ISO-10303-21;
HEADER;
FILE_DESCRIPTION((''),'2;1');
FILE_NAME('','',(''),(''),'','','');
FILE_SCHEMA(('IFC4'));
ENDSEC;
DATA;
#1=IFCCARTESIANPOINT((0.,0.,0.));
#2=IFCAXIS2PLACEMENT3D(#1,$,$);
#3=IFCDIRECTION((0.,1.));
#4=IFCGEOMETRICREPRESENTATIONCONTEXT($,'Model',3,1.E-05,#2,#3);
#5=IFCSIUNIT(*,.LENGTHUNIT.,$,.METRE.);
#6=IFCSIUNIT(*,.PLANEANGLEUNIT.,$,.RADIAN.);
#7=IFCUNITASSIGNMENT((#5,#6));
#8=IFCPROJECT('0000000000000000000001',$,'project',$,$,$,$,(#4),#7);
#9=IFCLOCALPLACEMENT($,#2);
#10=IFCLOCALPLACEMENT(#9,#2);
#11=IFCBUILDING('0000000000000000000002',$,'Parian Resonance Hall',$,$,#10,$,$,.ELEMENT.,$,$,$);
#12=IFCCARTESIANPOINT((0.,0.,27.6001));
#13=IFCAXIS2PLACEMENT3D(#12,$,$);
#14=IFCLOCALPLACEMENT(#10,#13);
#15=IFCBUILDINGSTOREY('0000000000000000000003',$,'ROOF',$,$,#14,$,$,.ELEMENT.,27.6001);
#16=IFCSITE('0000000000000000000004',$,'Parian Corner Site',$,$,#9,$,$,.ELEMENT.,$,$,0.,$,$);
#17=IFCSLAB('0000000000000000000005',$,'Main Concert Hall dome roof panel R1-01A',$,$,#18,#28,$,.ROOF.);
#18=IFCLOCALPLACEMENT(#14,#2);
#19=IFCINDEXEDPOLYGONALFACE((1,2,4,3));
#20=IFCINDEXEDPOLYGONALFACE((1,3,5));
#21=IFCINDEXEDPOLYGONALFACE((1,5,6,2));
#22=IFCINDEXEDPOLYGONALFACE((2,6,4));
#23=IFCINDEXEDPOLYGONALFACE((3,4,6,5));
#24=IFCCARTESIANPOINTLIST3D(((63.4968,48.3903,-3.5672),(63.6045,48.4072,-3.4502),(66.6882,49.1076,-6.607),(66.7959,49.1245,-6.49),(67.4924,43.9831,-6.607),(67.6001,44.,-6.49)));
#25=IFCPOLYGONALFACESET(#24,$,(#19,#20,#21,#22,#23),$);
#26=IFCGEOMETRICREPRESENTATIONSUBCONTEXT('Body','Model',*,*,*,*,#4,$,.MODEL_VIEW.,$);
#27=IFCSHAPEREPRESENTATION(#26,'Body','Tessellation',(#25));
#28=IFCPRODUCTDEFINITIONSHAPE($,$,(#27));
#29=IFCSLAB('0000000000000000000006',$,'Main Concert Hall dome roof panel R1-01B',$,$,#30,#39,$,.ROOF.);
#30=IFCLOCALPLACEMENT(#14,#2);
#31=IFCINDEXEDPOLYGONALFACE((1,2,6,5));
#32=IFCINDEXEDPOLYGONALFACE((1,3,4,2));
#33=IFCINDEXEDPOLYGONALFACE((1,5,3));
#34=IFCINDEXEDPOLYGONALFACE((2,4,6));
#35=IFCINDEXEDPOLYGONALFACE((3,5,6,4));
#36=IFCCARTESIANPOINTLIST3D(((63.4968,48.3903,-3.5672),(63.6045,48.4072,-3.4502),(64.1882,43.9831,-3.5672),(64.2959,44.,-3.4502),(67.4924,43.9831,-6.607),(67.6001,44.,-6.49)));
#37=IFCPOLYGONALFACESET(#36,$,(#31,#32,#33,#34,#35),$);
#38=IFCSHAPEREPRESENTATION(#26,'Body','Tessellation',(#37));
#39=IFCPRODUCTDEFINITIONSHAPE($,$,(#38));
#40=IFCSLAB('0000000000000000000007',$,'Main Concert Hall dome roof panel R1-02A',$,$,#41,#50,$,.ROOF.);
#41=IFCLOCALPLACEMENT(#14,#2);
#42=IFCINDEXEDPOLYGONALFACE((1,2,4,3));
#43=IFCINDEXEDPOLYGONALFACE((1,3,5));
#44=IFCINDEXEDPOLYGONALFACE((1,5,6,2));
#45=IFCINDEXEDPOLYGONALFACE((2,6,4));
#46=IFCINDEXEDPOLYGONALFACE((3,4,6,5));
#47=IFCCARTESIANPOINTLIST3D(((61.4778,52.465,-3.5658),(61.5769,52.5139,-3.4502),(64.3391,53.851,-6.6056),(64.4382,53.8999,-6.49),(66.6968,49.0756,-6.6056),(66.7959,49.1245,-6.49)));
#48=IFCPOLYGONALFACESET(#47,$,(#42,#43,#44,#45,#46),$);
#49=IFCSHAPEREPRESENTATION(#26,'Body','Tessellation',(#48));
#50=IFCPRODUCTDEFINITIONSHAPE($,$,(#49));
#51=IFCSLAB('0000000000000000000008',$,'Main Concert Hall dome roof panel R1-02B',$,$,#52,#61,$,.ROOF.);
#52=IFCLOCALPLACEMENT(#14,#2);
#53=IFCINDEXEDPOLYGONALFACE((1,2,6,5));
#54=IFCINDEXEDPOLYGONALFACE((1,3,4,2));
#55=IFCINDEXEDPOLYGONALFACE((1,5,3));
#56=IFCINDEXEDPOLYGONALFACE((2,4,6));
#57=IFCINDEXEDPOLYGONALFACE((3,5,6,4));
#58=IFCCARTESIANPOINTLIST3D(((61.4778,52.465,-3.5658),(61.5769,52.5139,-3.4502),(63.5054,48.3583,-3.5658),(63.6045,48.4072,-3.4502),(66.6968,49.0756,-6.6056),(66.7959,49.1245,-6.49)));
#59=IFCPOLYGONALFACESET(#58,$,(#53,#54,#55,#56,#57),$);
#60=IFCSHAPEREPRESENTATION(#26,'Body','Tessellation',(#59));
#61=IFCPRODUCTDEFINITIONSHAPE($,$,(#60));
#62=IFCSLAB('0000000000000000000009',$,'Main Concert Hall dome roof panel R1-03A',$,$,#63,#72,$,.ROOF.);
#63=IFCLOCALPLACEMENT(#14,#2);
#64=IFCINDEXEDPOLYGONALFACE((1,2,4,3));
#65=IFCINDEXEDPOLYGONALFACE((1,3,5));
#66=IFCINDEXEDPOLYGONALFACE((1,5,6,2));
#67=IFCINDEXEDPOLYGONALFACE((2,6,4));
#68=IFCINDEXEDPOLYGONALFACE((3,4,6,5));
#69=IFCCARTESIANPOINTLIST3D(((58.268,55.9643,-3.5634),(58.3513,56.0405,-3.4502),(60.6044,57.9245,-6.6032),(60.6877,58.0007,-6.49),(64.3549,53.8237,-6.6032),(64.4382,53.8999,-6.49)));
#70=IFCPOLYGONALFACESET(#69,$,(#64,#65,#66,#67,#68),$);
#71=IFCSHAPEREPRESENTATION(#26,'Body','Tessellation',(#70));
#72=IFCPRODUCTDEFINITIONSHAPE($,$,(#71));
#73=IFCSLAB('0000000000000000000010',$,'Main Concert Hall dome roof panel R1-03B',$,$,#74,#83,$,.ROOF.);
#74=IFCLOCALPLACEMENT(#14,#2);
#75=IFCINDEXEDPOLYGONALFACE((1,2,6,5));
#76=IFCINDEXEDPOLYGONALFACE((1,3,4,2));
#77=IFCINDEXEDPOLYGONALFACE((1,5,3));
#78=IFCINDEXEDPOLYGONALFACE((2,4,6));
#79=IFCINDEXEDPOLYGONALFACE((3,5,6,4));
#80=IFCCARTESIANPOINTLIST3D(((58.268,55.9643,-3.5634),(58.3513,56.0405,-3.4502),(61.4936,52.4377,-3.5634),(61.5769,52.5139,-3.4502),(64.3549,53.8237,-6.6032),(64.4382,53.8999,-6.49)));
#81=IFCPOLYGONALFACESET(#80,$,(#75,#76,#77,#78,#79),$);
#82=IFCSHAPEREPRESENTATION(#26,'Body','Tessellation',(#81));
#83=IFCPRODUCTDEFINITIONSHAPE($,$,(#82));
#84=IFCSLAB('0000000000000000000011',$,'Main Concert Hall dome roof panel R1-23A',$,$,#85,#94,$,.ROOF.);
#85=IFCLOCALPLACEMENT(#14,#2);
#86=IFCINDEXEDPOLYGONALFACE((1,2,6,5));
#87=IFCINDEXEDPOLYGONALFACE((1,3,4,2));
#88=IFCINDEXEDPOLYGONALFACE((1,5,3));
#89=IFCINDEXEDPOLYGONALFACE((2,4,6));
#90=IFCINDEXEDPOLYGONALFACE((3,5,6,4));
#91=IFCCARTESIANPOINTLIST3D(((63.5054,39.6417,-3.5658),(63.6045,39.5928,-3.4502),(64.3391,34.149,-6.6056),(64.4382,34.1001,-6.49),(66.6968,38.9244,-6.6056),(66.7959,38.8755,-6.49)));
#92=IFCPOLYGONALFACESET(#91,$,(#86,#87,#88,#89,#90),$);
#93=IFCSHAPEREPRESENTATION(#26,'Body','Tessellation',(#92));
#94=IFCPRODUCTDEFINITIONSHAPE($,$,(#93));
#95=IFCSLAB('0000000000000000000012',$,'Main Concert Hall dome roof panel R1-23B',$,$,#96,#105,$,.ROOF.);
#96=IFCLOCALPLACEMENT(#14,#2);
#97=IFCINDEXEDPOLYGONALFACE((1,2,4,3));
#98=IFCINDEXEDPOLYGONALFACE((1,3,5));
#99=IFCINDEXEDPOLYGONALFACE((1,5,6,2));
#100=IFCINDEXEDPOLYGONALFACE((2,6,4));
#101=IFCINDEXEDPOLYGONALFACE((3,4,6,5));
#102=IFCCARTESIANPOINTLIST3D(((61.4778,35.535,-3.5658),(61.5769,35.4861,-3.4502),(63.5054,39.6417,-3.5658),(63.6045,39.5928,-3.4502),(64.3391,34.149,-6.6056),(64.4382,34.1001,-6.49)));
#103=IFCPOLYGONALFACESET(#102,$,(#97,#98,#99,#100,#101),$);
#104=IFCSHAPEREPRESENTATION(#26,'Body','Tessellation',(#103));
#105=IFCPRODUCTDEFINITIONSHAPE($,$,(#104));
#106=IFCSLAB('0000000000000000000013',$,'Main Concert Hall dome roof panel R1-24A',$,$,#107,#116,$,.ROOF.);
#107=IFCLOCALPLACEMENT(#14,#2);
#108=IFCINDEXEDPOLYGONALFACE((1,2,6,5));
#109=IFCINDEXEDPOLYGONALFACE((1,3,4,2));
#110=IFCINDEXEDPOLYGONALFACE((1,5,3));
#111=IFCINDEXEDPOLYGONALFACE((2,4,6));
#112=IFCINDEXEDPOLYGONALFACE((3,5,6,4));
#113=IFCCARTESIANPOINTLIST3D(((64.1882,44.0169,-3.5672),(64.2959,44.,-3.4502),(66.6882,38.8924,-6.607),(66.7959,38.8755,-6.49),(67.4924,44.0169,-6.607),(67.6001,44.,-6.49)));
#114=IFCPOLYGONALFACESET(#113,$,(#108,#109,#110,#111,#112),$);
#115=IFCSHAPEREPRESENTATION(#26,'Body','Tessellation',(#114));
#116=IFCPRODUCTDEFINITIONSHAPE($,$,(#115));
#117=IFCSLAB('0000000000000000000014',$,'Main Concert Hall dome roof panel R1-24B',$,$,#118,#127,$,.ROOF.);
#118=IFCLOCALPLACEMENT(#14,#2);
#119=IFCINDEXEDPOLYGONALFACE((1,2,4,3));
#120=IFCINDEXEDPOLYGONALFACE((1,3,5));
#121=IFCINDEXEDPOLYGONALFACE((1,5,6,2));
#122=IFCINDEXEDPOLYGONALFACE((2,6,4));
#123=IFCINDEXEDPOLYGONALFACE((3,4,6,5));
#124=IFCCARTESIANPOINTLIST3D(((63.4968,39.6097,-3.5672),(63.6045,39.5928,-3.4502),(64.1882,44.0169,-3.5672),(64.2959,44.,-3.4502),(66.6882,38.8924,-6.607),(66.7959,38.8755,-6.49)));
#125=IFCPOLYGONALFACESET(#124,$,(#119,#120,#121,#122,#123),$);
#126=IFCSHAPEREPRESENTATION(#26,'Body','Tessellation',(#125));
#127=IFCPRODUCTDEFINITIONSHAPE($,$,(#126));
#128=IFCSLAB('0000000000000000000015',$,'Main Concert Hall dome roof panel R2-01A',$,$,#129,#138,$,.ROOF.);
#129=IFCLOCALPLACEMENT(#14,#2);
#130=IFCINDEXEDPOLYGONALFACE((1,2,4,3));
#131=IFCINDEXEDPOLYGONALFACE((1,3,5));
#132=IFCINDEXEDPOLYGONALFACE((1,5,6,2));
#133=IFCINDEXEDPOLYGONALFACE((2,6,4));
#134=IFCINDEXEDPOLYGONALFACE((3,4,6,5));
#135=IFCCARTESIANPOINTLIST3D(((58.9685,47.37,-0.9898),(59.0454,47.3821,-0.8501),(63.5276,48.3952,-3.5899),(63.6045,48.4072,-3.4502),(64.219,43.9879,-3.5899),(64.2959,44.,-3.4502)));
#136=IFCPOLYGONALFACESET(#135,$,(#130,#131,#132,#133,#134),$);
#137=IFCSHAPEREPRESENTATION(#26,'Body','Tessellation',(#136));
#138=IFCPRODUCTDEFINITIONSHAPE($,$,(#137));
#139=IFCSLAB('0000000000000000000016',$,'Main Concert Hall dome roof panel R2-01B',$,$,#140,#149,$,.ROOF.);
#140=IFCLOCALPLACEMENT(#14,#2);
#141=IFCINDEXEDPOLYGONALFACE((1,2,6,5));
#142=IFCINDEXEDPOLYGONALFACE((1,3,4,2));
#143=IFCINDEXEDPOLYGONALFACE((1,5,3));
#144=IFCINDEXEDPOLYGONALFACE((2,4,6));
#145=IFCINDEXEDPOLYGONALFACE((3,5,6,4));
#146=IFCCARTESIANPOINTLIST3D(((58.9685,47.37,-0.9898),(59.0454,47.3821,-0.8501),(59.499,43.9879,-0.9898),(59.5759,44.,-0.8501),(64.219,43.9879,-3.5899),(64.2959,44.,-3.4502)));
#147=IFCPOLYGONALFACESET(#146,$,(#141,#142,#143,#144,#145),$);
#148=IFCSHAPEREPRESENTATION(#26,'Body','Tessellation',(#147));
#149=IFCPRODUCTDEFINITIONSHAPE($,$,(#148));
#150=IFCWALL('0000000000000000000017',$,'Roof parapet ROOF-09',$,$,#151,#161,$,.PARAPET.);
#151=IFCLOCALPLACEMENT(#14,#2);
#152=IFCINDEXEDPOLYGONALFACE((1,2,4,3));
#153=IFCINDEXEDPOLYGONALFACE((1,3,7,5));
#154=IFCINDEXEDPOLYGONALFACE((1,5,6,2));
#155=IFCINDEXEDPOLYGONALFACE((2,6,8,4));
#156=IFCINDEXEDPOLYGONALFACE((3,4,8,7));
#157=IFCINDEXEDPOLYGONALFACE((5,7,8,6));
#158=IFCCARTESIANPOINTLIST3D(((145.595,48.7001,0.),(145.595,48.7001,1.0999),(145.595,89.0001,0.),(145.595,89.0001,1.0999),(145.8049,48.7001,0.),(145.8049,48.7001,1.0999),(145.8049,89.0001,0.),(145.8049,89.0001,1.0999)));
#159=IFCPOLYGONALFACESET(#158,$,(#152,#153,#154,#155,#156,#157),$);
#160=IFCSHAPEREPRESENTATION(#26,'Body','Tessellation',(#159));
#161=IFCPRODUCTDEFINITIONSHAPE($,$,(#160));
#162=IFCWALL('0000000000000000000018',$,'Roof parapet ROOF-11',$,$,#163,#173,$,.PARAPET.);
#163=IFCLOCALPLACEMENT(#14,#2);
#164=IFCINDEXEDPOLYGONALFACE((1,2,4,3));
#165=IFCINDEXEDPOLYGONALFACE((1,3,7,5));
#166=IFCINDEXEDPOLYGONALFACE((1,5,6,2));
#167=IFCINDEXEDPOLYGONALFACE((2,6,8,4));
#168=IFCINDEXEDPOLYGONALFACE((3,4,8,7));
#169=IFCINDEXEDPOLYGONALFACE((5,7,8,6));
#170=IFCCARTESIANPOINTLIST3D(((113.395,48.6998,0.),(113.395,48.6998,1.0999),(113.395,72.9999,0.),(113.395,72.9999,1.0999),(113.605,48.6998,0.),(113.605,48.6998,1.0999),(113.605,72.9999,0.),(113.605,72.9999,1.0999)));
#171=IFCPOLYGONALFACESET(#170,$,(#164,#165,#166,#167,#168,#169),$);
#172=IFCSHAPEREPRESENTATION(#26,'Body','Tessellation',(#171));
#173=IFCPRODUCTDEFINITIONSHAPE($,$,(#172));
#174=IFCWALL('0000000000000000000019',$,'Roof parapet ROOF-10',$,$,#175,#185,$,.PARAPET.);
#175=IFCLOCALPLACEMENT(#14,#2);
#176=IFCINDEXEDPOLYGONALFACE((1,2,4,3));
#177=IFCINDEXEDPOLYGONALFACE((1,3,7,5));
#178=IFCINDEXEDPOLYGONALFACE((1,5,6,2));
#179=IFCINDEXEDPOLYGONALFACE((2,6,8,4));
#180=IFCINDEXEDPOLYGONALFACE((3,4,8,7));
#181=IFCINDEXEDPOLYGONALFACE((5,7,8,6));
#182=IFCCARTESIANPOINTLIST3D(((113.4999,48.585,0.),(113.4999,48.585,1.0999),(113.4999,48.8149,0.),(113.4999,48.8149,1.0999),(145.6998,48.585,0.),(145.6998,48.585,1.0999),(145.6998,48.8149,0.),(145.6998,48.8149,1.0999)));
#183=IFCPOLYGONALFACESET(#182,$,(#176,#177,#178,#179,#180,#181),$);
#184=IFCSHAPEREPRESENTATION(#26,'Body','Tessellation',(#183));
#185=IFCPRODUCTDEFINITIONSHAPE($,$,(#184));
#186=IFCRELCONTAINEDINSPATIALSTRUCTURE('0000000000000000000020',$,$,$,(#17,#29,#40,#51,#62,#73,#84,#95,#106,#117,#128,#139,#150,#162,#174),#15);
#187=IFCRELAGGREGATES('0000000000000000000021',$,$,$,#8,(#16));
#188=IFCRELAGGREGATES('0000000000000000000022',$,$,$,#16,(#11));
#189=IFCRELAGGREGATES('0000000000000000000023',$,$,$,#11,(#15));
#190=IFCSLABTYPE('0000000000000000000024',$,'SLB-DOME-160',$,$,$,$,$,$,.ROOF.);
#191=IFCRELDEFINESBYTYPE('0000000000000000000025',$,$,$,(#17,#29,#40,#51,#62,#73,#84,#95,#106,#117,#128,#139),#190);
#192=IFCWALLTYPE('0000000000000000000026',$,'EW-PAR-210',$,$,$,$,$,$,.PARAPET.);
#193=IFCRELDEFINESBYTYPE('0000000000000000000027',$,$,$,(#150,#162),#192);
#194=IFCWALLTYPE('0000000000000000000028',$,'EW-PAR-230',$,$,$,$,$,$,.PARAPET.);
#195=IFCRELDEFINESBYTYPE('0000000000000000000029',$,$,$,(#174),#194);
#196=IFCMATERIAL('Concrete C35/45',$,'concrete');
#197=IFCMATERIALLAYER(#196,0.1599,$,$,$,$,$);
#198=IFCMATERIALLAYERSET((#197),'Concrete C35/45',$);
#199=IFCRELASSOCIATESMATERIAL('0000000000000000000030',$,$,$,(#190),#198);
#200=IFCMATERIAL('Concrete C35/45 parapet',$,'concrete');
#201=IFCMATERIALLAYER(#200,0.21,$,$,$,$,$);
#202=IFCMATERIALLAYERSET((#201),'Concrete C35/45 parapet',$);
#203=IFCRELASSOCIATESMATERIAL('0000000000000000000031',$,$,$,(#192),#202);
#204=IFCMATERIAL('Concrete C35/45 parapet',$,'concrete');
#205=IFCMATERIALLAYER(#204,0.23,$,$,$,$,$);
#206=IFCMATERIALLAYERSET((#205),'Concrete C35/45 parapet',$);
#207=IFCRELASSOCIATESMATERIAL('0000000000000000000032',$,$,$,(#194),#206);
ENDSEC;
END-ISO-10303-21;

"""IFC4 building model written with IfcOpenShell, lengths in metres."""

from ifc_helpers import new_model, si_unit, direction, frame, frame_2d, origin, place, context, subcontext, project, spatial, polyline, rectangle, outline, extrude, material, layer, layer_set, type_object, element, save


model = new_model("IFC4")

# Units and contexts
model_context = context("Model", 3, precision=1e-05, world=origin(), true_north=direction((0.0, 1.0)))
body_context = subcontext(model_context, "Body", "Model", "MODEL_VIEW")
ifc_project = project(units=[si_unit("LENGTHUNIT", "METRE"), si_unit("PLANEANGLEUNIT", "RADIAN")], contexts=[model_context])

# Site, building, storey
site_placement = place(None, origin())
site = spatial("IfcSite", under=ifc_project, at=site_placement, Name="Parian Corner Site", CompositionType="ELEMENT", RefElevation=0.0)
building_placement = place(site_placement, origin())
building = spatial("IfcBuilding", under=site, at=building_placement, Name="Parian Resonance Hall", CompositionType="ELEMENT")
storey_placement = place(building_placement, frame((0.0, 0.0, 27.6001)))
storey = spatial("IfcBuildingStorey", under=building, at=storey_placement, Name="ROOF", CompositionType="ELEMENT", Elevation=27.6001)

# Slabs
ifc_material_1 = material(Name="Concrete C35/45", Category="concrete")
ifc_layer_1 = layer(ifc_material_1, 0.1599)
ifc_layer_set_1 = layer_set([ifc_layer_1], Name="Concrete C35/45")
slab_type = type_object("IfcSlabType", Name="SLB-DOME-160", PredefinedType="ROOF", material=ifc_layer_set_1)
slab_1_placement = place(storey_placement, frame((67.6001, 44.0, -6.49), z_axis=(0.673284, 0.10566, 0.731796), x_axis=(-0.155034, 0.987909, 0.0)))
element("IfcSlab", 1, at=slab_1_placement, inside=storey, type_object=slab_type, Name="Main Concert Hall dome roof panel R1-01A", PredefinedType="ROOF", context=body_context, shape_type="SweptSolid", body=[
    extrude(outline(polyline([(0.0, 0.0), (5.1872, 0.0), (4.9734, 4.4603), (0.0, 0.0)])), origin(), (0.0, 0.0, -1.0), 0.1599),
])
slab_2_placement = place(storey_placement, frame((67.6001, 44.0, -6.49), z_axis=(0.673261, 0.105621, 0.731822), x_axis=(-0.598101, 0.659717, 0.455026)))
element("IfcSlab", 2, at=slab_2_placement, inside=storey, type_object=slab_type, Name="Main Concert Hall dome roof panel R1-01B", PredefinedType="ROOF", context=body_context, shape_type="SweptSolid", body=[
    extrude(outline(polyline([(0.0, 0.0), (6.6805, 0.0), (3.3594, 2.9786), (0.0, 0.0)])), origin(), (0.0, 0.0, -1.0), 0.1599),
])
slab_3_placement = place(storey_placement, frame((66.7959, 49.1245, -6.49), z_axis=(0.61967, 0.305938, 0.72278), x_axis=(-0.442697, 0.896671, 0.0)))
element("IfcSlab", 3, at=slab_3_placement, inside=storey, type_object=slab_type, Name="Main Concert Hall dome roof panel R1-02A", PredefinedType="ROOF", context=body_context, shape_type="SweptSolid", body=[
    extrude(outline(polyline([(0.0, 0.0), (5.3257, 0.0), (5.3496, 4.3986), (0.0, 0.0)])), origin(), (0.0, 0.0, -1.0), 0.1599),
])
slab_4_placement = place(storey_placement, frame((66.7959, 49.1245, -6.49), z_axis=(0.619673, 0.30595, 0.722773), x_axis=(-0.753561, 0.48939, 0.438911)))
element("IfcSlab", 4, at=slab_4_placement, inside=storey, type_object=slab_type, Name="Main Concert Hall dome roof panel R1-02B", PredefinedType="ROOF", context=body_context, shape_type="SweptSolid", body=[
    extrude(outline(polyline([(0.0, 0.0), (6.9258, 0.0), (3.3881, 2.9087), (0.0, 0.0)])), origin(), (0.0, 0.0, -1.0), 0.1599),
])
slab_5_placement = place(storey_placement, frame((64.4382, 53.8999, -6.49), z_axis=(0.521172, 0.476648, 0.707945), x_axis=(-0.674883, 0.737925, 0.0)))
element("IfcSlab", 5, at=slab_5_placement, inside=storey, type_object=slab_type, Name="Main Concert Hall dome roof panel R1-03A", PredefinedType="ROOF", context=body_context, shape_type="SweptSolid", body=[
    extrude(outline(polyline([(0.0, 0.0), (5.5572, 0.0), (5.6876, 4.304), (0.0, 0.0)])), origin(), (0.0, 0.0, -1.0), 0.1599),
])
slab_6_placement = place(storey_placement, frame((64.4382, 53.8999, -6.49), z_axis=(0.521173, 0.476686, 0.707919), x_axis=(-0.8534, 0.300121, 0.426187)))
element("IfcSlab", 6, at=slab_6_placement, inside=storey, type_object=slab_type, Name="Main Concert Hall dome roof panel R1-03B", PredefinedType="ROOF", context=body_context, shape_type="SweptSolid", body=[
    extrude(outline(polyline([(0.0, 0.0), (7.1325, 0.0), (3.3214, 2.8839), (0.0, 0.0)])), origin(), (0.0, 0.0, -1.0), 0.1599),
])
slab_7_placement = place(storey_placement, frame((64.4382, 34.1001, -6.49), z_axis=(0.619676, -0.305941, 0.722774), x_axis=(0.442697, 0.896671, 0.0)))
element("IfcSlab", 7, at=slab_7_placement, inside=storey, type_object=slab_type, Name="Main Concert Hall dome roof panel R1-23A", PredefinedType="ROOF", context=body_context, shape_type="SweptSolid", body=[
    extrude(outline(polyline([(0.0, 0.0), (5.3257, 0.0), (4.556, 4.3986), (0.0, 0.0)])), origin(), (0.0, 0.0, -1.0), 0.1599),
])
slab_8_placement = place(storey_placement, frame((64.4382, 34.1001, -6.49), z_axis=(0.619666, -0.305946, 0.72278), x_axis=(-0.131653, 0.867331, 0.480004)))
element("IfcSlab", 8, at=slab_8_placement, inside=storey, type_object=slab_type, Name="Main Concert Hall dome roof panel R1-23B", PredefinedType="ROOF", context=body_context, shape_type="SweptSolid", body=[
    extrude(outline(polyline([(0.0, 0.0), (6.3328, 0.0), (3.0379, 3.1811), (0.0, 0.0)])), origin(), (0.0, 0.0, -1.0), 0.1599),
])
slab_9_placement = place(storey_placement, frame((66.7959, 38.8755, -6.49), z_axis=(0.673259, -0.105656, 0.731819), x_axis=(0.155034, 0.987909, 0.0)))
element("IfcSlab", 9, at=slab_9_placement, inside=storey, type_object=slab_type, Name="Main Concert Hall dome roof panel R1-24A", PredefinedType="ROOF", context=body_context, shape_type="SweptSolid", body=[
    extrude(outline(polyline([(0.0, 0.0), (5.1872, 0.0), (4.675, 4.4605), (0.0, 0.0)])), origin(), (0.0, 0.0, -1.0), 0.1599),
])
slab_10_placement = place(storey_placement, frame((66.7959, 38.8755, -6.49), z_axis=(0.67329, -0.105626, 0.731795), x_axis=(-0.386907, 0.793084, 0.470447)))
element("IfcSlab", 10, at=slab_10_placement, inside=storey, type_object=slab_type, Name="Main Concert Hall dome roof panel R1-24B", PredefinedType="ROOF", context=body_context, shape_type="SweptSolid", body=[
    extrude(outline(polyline([(0.0, 0.0), (6.4615, 0.0), (3.2337, 3.0795), (0.0, 0.0)])), origin(), (0.0, 0.0, -1.0), 0.1599),
])
slab_11_placement = place(storey_placement, frame((64.2959, 44.0, -3.4502), z_axis=(0.481133, 0.07548, 0.873392), x_axis=(-0.154985, 0.987917, 0.0)))
element("IfcSlab", 11, at=slab_11_placement, inside=storey, type_object=slab_type, Name="Main Concert Hall dome roof panel R2-01A", PredefinedType="ROOF", context=body_context, shape_type="SweptSolid", body=[
    extrude(outline(polyline([(0.0, 0.0), (4.4611, 0.0), (4.155, 5.3388), (0.0, 0.0)])), origin(), (0.0, 0.0, -1.0), 0.1599),
])
slab_12_placement = place(storey_placement, frame((64.2959, 44.0, -3.4502), z_axis=(0.481129, 0.07547, 0.873395), x_axis=(-0.776114, 0.49993, 0.38434)))
element("IfcSlab", 12, at=slab_12_placement, inside=storey, type_object=slab_type, Name="Main Concert Hall dome roof panel R2-01B", PredefinedType="ROOF", context=body_context, shape_type="SweptSolid", body=[
    extrude(outline(polyline([(0.0, 0.0), (6.7651, 0.0), (4.6626, 2.7017), (0.0, 0.0)])), origin(), (0.0, 0.0, -1.0), 0.1599),
])

# Walls
ifc_material_2 = material(Name="Concrete C35/45 parapet", Category="concrete")
ifc_layer_2 = layer(ifc_material_2, 0.21)
ifc_layer_set_2 = layer_set([ifc_layer_2], Name="Concrete C35/45 parapet")
wall_type_1 = type_object("IfcWallType", Name="EW-PAR-210", PredefinedType="PARAPET", material=ifc_layer_set_2)
wall_1_placement = place(storey_placement, frame((145.7, 89.0, 0.0), z_axis=(0.0, 0.0, 1.0), x_axis=(0.0, -1.0, 0.0)))
element("IfcWall", 13, at=wall_1_placement, inside=storey, type_object=wall_type_1, Name="Roof parapet ROOF-09", PredefinedType="PARAPET", context=body_context, shape_type="SweptSolid", body=[
    extrude(rectangle(XDim=40.3, YDim=0.21, at=frame_2d((20.1499, 0.0))), origin(), (0.0, 0.0, 1.0), 1.0999),
])
wall_2_placement = place(storey_placement, frame((113.5, 48.7, 0.0), z_axis=(0.0, 0.0, 1.0), x_axis=(0.0, 1.0, 0.0)))
element("IfcWall", 14, at=wall_2_placement, inside=storey, type_object=wall_type_1, Name="Roof parapet ROOF-11", PredefinedType="PARAPET", context=body_context, shape_type="SweptSolid", body=[
    extrude(rectangle(XDim=24.3, YDim=0.21, at=frame_2d((12.1499, 0.0))), origin(), (0.0, 0.0, 1.0), 1.0999),
])
ifc_material_3 = material(Name="Concrete C35/45 parapet", Category="concrete")
ifc_layer_3 = layer(ifc_material_3, 0.23)
ifc_layer_set_3 = layer_set([ifc_layer_3], Name="Concrete C35/45 parapet")
wall_type_2 = type_object("IfcWallType", Name="EW-PAR-230", PredefinedType="PARAPET", material=ifc_layer_set_3)
wall_3_placement = place(storey_placement, frame((145.7, 48.7, 0.0), z_axis=(0.0, 0.0, 1.0), x_axis=(-1.0, 0.0, 0.0)))
element("IfcWall", 15, at=wall_3_placement, inside=storey, type_object=wall_type_2, Name="Roof parapet ROOF-10", PredefinedType="PARAPET", context=body_context, shape_type="SweptSolid", body=[
    extrude(rectangle(XDim=32.2, YDim=0.23, at=frame_2d((16.1001, 0.0))), origin(), (0.0, 0.0, 1.0), 1.0999),
])

save(model, "model.ifc")
